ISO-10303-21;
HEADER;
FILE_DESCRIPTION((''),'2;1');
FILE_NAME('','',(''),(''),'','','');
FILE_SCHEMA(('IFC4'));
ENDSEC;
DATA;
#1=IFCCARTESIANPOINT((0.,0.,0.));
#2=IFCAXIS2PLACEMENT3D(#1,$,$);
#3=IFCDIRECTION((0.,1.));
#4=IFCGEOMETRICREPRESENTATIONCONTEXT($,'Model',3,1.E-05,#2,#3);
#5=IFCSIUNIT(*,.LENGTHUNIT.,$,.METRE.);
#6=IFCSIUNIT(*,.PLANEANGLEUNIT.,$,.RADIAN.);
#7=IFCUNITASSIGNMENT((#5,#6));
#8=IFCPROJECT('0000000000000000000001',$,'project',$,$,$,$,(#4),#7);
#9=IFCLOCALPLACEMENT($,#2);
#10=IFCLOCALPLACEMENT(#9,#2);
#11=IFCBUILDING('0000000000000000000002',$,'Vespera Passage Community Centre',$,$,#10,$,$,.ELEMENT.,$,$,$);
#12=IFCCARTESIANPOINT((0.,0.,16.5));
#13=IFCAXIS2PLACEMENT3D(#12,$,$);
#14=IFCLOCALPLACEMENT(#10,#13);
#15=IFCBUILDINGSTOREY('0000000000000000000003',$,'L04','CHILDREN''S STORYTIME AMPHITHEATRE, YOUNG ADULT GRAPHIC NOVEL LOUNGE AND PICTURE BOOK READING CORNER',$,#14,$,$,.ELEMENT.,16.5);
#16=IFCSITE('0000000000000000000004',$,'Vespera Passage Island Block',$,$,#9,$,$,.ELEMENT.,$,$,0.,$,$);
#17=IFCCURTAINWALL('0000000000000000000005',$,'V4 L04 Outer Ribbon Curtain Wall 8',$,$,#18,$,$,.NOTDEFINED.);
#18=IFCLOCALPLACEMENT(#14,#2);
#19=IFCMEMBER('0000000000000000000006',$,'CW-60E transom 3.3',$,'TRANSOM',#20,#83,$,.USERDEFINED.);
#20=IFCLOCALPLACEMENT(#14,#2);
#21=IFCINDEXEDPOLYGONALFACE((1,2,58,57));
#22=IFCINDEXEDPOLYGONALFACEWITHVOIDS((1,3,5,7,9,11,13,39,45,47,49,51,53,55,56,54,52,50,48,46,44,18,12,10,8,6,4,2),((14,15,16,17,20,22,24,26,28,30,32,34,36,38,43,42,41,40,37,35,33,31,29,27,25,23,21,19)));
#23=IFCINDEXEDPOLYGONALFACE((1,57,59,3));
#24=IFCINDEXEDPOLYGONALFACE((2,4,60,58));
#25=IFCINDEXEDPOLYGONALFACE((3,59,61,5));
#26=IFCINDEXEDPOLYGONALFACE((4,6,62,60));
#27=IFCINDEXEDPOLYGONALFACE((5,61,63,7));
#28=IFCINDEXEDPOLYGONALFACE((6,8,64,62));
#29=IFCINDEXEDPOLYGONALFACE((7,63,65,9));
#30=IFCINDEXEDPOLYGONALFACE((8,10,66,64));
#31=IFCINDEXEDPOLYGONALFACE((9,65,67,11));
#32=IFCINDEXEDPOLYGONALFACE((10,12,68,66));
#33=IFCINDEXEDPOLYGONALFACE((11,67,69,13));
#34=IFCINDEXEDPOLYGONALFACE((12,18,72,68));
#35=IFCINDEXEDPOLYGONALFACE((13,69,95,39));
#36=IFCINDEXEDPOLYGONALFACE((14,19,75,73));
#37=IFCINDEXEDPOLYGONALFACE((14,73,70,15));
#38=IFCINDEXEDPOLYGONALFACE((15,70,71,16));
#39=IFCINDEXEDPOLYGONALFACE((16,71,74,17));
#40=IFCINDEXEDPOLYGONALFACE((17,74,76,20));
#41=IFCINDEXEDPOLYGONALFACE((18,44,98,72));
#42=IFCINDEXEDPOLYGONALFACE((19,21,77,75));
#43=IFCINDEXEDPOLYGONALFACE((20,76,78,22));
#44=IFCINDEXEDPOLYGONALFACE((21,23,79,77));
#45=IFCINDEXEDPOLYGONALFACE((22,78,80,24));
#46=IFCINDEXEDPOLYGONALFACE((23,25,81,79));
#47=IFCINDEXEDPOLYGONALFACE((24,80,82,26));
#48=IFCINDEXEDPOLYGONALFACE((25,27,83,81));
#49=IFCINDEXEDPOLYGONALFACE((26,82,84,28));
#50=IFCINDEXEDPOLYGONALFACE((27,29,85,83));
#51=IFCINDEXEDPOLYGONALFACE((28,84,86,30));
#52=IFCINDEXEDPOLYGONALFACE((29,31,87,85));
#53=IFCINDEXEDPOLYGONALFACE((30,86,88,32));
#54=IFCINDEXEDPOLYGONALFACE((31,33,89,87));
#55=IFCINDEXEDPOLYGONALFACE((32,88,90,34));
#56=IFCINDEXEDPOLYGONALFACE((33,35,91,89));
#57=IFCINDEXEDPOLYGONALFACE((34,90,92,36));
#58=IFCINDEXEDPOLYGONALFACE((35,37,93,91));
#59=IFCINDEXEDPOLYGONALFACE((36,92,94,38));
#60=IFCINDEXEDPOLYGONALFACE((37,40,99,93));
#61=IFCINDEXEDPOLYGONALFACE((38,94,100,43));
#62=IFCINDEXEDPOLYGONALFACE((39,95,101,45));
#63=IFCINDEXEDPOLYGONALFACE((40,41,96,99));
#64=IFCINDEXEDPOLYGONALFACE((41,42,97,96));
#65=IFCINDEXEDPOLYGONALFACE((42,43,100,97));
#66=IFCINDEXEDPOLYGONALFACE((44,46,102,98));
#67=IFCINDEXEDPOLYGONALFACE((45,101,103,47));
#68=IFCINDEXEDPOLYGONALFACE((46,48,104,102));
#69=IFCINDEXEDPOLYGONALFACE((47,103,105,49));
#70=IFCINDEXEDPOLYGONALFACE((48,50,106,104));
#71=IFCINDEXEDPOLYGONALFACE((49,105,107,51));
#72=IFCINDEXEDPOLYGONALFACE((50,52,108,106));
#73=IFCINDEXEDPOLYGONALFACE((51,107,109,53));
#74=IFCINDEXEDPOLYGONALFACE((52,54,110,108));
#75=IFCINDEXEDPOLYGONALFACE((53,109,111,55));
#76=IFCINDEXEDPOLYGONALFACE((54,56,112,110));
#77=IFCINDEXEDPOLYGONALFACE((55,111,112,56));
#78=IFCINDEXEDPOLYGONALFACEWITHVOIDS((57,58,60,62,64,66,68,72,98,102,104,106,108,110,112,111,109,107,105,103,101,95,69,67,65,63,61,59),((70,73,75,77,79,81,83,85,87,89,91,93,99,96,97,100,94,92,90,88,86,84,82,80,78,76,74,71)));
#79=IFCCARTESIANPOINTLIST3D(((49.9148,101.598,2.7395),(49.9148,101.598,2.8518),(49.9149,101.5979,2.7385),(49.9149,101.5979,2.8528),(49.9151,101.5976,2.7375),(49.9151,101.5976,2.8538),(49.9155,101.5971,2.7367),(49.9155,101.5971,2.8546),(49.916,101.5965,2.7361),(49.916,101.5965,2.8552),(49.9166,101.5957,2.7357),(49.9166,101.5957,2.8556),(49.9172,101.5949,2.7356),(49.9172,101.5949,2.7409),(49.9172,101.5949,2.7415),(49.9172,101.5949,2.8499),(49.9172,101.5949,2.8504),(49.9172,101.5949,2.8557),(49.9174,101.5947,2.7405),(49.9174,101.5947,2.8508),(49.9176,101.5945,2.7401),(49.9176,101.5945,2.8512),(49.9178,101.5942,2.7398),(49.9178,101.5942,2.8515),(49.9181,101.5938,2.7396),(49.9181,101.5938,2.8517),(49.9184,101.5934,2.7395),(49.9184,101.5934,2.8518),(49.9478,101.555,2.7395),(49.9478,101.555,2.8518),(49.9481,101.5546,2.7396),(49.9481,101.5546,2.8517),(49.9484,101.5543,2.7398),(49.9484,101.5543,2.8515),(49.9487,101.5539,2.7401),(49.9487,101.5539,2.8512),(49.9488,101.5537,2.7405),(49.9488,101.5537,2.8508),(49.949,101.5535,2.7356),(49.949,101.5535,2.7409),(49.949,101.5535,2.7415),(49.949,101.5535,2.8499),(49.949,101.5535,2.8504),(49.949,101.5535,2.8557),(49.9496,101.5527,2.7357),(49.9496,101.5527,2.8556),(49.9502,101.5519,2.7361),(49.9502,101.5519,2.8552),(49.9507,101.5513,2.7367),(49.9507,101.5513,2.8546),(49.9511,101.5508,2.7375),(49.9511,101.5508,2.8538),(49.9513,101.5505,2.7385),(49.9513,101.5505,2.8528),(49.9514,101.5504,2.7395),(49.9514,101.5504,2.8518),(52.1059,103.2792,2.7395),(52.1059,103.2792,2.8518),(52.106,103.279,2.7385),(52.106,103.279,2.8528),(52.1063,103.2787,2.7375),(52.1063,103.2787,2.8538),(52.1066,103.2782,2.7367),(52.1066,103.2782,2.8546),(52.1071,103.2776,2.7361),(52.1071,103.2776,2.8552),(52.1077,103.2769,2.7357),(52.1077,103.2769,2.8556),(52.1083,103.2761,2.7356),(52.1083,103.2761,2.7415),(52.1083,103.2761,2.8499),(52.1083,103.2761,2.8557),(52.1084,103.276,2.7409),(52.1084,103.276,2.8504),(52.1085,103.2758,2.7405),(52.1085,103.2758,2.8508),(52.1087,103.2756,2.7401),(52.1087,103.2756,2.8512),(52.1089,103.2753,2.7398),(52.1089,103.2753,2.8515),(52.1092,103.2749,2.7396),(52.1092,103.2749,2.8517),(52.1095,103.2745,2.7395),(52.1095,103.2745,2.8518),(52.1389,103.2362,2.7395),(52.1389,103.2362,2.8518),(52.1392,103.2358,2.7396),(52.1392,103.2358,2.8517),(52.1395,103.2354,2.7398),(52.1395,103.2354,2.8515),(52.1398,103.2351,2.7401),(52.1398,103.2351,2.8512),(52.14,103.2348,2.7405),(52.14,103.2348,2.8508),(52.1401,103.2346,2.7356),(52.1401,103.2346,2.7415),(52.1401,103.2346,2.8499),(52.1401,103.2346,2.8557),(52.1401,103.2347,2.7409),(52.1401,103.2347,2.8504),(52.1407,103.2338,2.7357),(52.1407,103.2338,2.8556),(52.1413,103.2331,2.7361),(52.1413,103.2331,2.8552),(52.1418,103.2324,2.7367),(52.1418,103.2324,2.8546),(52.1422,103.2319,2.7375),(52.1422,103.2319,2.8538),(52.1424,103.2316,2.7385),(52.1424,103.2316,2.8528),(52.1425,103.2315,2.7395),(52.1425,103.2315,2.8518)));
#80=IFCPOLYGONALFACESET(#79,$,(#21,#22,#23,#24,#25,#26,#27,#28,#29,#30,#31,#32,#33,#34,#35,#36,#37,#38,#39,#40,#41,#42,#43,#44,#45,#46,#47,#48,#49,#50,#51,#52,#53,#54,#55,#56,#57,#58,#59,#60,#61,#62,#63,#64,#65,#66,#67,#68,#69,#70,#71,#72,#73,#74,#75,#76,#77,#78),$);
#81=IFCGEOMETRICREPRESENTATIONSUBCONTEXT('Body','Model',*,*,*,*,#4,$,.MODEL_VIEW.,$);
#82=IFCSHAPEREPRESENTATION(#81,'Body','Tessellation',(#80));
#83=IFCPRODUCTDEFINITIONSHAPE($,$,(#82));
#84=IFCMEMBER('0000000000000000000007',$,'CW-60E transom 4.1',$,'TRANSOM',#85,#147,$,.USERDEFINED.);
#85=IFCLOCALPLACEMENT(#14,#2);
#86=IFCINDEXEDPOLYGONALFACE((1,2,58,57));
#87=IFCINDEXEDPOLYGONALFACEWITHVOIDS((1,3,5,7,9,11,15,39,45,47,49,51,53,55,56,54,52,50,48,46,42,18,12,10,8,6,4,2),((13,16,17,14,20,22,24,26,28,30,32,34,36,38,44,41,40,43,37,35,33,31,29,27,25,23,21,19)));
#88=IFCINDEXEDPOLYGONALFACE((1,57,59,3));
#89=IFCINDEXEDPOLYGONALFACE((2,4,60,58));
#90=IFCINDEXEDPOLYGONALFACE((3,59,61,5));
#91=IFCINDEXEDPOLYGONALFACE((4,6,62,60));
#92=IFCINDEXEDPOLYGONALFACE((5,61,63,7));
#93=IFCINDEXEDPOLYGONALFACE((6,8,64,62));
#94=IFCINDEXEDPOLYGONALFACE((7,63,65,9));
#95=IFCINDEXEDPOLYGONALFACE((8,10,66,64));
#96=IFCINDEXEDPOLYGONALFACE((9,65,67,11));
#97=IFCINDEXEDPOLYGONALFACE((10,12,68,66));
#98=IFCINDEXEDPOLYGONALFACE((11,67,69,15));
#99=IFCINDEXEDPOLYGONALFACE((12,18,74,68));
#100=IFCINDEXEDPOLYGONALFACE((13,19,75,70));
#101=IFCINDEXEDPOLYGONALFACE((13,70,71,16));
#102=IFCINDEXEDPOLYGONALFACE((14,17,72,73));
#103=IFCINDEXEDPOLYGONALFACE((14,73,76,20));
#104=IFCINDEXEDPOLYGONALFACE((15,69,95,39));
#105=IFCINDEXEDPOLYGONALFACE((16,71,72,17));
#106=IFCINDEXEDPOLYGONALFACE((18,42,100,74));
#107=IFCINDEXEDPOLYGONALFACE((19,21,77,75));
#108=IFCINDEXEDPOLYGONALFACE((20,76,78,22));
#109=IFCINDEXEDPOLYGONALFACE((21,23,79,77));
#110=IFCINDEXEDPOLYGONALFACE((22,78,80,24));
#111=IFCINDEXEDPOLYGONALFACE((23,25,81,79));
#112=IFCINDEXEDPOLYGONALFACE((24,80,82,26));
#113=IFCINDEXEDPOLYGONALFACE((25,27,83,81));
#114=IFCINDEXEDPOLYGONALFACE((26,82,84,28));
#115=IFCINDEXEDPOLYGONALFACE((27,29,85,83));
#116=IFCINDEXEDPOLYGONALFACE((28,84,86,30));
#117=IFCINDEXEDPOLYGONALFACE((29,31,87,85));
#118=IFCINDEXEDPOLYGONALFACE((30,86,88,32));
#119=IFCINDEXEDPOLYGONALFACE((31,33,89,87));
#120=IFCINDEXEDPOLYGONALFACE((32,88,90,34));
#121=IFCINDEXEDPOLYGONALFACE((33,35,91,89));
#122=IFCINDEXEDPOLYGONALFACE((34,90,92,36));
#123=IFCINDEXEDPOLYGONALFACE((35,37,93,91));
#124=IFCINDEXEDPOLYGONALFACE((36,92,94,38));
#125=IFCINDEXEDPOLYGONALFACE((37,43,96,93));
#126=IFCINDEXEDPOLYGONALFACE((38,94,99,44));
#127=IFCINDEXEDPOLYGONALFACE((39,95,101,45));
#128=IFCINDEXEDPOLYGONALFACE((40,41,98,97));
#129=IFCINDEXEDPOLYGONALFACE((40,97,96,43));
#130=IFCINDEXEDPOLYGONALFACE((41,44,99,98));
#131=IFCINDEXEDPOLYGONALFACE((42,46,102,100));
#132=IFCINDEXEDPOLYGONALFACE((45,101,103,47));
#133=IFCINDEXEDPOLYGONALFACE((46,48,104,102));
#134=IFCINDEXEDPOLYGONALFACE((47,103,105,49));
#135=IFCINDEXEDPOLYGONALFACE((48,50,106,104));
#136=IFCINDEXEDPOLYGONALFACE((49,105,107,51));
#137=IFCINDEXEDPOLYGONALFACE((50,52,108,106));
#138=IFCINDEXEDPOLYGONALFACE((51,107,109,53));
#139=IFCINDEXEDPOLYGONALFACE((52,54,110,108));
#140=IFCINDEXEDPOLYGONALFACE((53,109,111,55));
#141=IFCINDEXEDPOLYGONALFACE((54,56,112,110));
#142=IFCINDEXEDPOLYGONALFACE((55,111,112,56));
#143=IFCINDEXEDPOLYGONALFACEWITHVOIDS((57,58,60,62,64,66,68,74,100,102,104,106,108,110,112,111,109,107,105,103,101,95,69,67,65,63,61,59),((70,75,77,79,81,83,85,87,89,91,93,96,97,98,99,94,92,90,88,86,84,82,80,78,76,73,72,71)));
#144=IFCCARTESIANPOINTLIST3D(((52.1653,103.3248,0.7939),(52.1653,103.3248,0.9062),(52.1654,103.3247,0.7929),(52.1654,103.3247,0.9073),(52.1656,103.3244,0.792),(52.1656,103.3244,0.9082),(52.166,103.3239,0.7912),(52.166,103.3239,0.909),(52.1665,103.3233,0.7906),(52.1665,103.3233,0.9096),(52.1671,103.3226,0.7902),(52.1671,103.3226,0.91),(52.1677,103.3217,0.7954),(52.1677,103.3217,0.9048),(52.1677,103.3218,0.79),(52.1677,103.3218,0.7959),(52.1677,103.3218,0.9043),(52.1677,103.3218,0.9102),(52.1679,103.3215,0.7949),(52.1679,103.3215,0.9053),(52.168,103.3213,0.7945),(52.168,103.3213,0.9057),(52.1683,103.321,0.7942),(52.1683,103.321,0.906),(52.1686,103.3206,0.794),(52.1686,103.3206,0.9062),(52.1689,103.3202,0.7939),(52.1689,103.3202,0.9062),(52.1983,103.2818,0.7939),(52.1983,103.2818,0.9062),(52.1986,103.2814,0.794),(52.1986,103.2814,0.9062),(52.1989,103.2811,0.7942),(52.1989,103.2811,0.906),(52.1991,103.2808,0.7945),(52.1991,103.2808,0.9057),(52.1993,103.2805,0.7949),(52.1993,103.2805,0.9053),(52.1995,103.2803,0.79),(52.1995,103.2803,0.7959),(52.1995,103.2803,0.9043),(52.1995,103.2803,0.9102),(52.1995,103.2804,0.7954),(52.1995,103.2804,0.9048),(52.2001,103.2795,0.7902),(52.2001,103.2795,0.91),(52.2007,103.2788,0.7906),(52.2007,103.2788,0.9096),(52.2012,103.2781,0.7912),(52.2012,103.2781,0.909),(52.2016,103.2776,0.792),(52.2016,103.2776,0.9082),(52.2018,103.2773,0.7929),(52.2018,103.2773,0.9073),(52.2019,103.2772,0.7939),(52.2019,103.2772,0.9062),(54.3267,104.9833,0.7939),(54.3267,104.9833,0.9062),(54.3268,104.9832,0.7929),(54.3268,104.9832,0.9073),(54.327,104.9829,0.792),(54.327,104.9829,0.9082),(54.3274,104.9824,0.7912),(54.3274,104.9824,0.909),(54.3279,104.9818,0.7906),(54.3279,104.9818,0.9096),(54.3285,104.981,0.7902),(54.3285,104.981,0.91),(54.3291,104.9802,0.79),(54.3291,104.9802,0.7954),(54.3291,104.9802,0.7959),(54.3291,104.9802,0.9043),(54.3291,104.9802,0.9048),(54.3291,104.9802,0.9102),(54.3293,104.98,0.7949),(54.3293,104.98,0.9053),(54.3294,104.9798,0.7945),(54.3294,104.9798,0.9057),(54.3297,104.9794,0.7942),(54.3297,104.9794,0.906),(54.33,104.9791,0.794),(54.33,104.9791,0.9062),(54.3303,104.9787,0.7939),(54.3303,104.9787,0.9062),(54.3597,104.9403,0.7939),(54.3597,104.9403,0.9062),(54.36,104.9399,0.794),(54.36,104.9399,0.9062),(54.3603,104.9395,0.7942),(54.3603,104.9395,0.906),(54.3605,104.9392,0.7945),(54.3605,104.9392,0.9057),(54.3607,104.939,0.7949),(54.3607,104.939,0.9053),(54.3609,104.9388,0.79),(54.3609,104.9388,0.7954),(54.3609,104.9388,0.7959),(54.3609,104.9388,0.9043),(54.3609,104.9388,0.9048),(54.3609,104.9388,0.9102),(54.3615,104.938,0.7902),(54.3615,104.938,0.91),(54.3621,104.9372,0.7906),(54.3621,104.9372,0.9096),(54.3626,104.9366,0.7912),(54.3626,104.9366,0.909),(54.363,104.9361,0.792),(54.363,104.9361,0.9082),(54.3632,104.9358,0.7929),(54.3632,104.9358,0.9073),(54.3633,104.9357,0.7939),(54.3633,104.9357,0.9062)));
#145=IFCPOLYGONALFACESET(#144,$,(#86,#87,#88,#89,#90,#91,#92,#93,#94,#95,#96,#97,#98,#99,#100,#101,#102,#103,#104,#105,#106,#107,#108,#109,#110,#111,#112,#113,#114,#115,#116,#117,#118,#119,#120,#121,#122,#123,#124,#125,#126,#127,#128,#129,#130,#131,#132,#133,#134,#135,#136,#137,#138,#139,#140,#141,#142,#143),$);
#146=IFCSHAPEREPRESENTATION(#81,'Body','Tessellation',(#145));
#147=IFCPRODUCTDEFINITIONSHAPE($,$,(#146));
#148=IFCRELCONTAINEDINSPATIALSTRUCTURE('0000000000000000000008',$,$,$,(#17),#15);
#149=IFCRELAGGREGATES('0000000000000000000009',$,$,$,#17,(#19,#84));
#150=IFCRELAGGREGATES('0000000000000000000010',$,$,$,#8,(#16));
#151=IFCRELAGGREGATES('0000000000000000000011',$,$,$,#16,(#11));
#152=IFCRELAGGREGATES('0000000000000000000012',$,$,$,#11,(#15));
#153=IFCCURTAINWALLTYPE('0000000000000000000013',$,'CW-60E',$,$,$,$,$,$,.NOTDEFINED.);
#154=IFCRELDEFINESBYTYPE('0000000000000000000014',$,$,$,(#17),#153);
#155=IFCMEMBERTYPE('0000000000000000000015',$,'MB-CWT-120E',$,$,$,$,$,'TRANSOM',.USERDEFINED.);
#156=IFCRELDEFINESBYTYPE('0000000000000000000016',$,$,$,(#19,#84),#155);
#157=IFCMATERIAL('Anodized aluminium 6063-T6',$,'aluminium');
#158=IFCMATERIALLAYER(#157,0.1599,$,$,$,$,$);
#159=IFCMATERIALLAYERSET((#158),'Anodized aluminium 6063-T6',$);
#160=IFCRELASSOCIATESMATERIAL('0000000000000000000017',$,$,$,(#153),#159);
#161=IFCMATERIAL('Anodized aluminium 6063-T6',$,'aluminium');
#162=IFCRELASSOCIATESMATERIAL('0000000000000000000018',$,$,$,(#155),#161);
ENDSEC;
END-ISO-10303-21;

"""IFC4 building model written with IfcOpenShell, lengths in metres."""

from ifc_helpers import new_model, si_unit, direction, frame, origin, origin_2d, place, context, subcontext, project, spatial, hollow_rectangle, extrude, material, layer, layer_set, material_profile, profile_set, type_object, element, aggregate, save


model = new_model("IFC4")

# Units and contexts
model_context = context("Model", 3, precision=1e-05, world=origin(), true_north=direction((0.0, 1.0)))
body_context = subcontext(model_context, "Body", "Model", "MODEL_VIEW")
ifc_project = project(units=[si_unit("LENGTHUNIT", "METRE"), si_unit("PLANEANGLEUNIT", "RADIAN")], contexts=[model_context])

# Site, building, storey
site_placement = place(None, origin())
site = spatial("IfcSite", under=ifc_project, at=site_placement, Name="Vespera Passage Island Block", CompositionType="ELEMENT", RefElevation=0.0)
building_placement = place(site_placement, origin())
building = spatial("IfcBuilding", under=site, at=building_placement, Name="Vespera Passage Community Centre", CompositionType="ELEMENT")
storey_placement = place(building_placement, frame((0.0, 0.0, 16.5)))
storey = spatial("IfcBuildingStorey", under=building, at=storey_placement, Name="L04", Description="CHILDREN'S STORYTIME AMPHITHEATRE, YOUNG ADULT GRAPHIC NOVEL LOUNGE AND PICTURE BOOK READING CORNER", CompositionType="ELEMENT", Elevation=16.5)

# Curtain wall, members
ifc_material_1 = material(Name="Anodized aluminium 6063-T6", Category="aluminium")
ifc_layer_1 = layer(ifc_material_1, 0.1599)
ifc_layer_set_1 = layer_set([ifc_layer_1], Name="Anodized aluminium 6063-T6")
curtain_wall_type = type_object("IfcCurtainWallType", Name="CW-60E", PredefinedType="NOTDEFINED", material=ifc_layer_set_1)
curtain_wall_placement = place(storey_placement, origin())
curtain_wall = element("IfcCurtainWall", 1, at=curtain_wall_placement, inside=storey, type_object=curtain_wall_type, Name="V4 L04 Outer Ribbon Curtain Wall 8", PredefinedType="NOTDEFINED")
ifc_material_2 = material(Name="Anodized aluminium 6063-T6", Category="aluminium")
ifc_material_profile_1 = material_profile(ifc_material_2, hollow_rectangle(XDim=0.0601, YDim=0.1201, WallThickness=0.0039, InnerFilletRadius=0.002, OuterFilletRadius=0.0039, at=origin_2d()), Name="ALU120X60X4")
ifc_profile_set_1 = profile_set([ifc_material_profile_1], Name="Anodized aluminium 6063-T6")
member_type_1 = type_object("IfcMemberType", Name="MB-CWT-120E", ElementType="TRANSOM", PredefinedType="USERDEFINED", material=ifc_profile_set_1)
member_1_placement = place(storey_placement, frame((49.9331, 101.5742, 2.7957), z_axis=(0.793386, 0.608719, 0.0), x_axis=(-0.608719, 0.793386, 0.0)))
member_1 = element("IfcMember", 2, at=member_1_placement, type_object=member_type_1, Name="CW-60E transom 3.3", ObjectType="TRANSOM", PredefinedType="USERDEFINED", context=body_context, shape_type="SweptSolid", body=[
    extrude(hollow_rectangle(XDim=0.0601, YDim=0.1201, WallThickness=0.0039, InnerFilletRadius=0.002, OuterFilletRadius=0.0039, at=origin_2d()), origin(), (0.0, 0.0, 1.0), 2.7617),
])
member_2_placement = place(storey_placement, frame((52.1836, 103.301, 0.8501), z_axis=(0.79336, 0.608753, 0.0), x_axis=(-0.608753, 0.79336, 0.0)))
member_2 = element("IfcMember", 3, at=member_2_placement, type_object=member_type_1, Name="CW-60E transom 4.1", ObjectType="TRANSOM", PredefinedType="USERDEFINED", context=body_context, shape_type="SweptSolid", body=[
    extrude(hollow_rectangle(XDim=0.0601, YDim=0.1201, WallThickness=0.0039, InnerFilletRadius=0.002, OuterFilletRadius=0.0039, at=origin_2d()), origin(), (0.0, 0.0, 1.0), 2.7244),
])
aggregate(curtain_wall, [member_1, member_2])

save(model, "model.ifc")
